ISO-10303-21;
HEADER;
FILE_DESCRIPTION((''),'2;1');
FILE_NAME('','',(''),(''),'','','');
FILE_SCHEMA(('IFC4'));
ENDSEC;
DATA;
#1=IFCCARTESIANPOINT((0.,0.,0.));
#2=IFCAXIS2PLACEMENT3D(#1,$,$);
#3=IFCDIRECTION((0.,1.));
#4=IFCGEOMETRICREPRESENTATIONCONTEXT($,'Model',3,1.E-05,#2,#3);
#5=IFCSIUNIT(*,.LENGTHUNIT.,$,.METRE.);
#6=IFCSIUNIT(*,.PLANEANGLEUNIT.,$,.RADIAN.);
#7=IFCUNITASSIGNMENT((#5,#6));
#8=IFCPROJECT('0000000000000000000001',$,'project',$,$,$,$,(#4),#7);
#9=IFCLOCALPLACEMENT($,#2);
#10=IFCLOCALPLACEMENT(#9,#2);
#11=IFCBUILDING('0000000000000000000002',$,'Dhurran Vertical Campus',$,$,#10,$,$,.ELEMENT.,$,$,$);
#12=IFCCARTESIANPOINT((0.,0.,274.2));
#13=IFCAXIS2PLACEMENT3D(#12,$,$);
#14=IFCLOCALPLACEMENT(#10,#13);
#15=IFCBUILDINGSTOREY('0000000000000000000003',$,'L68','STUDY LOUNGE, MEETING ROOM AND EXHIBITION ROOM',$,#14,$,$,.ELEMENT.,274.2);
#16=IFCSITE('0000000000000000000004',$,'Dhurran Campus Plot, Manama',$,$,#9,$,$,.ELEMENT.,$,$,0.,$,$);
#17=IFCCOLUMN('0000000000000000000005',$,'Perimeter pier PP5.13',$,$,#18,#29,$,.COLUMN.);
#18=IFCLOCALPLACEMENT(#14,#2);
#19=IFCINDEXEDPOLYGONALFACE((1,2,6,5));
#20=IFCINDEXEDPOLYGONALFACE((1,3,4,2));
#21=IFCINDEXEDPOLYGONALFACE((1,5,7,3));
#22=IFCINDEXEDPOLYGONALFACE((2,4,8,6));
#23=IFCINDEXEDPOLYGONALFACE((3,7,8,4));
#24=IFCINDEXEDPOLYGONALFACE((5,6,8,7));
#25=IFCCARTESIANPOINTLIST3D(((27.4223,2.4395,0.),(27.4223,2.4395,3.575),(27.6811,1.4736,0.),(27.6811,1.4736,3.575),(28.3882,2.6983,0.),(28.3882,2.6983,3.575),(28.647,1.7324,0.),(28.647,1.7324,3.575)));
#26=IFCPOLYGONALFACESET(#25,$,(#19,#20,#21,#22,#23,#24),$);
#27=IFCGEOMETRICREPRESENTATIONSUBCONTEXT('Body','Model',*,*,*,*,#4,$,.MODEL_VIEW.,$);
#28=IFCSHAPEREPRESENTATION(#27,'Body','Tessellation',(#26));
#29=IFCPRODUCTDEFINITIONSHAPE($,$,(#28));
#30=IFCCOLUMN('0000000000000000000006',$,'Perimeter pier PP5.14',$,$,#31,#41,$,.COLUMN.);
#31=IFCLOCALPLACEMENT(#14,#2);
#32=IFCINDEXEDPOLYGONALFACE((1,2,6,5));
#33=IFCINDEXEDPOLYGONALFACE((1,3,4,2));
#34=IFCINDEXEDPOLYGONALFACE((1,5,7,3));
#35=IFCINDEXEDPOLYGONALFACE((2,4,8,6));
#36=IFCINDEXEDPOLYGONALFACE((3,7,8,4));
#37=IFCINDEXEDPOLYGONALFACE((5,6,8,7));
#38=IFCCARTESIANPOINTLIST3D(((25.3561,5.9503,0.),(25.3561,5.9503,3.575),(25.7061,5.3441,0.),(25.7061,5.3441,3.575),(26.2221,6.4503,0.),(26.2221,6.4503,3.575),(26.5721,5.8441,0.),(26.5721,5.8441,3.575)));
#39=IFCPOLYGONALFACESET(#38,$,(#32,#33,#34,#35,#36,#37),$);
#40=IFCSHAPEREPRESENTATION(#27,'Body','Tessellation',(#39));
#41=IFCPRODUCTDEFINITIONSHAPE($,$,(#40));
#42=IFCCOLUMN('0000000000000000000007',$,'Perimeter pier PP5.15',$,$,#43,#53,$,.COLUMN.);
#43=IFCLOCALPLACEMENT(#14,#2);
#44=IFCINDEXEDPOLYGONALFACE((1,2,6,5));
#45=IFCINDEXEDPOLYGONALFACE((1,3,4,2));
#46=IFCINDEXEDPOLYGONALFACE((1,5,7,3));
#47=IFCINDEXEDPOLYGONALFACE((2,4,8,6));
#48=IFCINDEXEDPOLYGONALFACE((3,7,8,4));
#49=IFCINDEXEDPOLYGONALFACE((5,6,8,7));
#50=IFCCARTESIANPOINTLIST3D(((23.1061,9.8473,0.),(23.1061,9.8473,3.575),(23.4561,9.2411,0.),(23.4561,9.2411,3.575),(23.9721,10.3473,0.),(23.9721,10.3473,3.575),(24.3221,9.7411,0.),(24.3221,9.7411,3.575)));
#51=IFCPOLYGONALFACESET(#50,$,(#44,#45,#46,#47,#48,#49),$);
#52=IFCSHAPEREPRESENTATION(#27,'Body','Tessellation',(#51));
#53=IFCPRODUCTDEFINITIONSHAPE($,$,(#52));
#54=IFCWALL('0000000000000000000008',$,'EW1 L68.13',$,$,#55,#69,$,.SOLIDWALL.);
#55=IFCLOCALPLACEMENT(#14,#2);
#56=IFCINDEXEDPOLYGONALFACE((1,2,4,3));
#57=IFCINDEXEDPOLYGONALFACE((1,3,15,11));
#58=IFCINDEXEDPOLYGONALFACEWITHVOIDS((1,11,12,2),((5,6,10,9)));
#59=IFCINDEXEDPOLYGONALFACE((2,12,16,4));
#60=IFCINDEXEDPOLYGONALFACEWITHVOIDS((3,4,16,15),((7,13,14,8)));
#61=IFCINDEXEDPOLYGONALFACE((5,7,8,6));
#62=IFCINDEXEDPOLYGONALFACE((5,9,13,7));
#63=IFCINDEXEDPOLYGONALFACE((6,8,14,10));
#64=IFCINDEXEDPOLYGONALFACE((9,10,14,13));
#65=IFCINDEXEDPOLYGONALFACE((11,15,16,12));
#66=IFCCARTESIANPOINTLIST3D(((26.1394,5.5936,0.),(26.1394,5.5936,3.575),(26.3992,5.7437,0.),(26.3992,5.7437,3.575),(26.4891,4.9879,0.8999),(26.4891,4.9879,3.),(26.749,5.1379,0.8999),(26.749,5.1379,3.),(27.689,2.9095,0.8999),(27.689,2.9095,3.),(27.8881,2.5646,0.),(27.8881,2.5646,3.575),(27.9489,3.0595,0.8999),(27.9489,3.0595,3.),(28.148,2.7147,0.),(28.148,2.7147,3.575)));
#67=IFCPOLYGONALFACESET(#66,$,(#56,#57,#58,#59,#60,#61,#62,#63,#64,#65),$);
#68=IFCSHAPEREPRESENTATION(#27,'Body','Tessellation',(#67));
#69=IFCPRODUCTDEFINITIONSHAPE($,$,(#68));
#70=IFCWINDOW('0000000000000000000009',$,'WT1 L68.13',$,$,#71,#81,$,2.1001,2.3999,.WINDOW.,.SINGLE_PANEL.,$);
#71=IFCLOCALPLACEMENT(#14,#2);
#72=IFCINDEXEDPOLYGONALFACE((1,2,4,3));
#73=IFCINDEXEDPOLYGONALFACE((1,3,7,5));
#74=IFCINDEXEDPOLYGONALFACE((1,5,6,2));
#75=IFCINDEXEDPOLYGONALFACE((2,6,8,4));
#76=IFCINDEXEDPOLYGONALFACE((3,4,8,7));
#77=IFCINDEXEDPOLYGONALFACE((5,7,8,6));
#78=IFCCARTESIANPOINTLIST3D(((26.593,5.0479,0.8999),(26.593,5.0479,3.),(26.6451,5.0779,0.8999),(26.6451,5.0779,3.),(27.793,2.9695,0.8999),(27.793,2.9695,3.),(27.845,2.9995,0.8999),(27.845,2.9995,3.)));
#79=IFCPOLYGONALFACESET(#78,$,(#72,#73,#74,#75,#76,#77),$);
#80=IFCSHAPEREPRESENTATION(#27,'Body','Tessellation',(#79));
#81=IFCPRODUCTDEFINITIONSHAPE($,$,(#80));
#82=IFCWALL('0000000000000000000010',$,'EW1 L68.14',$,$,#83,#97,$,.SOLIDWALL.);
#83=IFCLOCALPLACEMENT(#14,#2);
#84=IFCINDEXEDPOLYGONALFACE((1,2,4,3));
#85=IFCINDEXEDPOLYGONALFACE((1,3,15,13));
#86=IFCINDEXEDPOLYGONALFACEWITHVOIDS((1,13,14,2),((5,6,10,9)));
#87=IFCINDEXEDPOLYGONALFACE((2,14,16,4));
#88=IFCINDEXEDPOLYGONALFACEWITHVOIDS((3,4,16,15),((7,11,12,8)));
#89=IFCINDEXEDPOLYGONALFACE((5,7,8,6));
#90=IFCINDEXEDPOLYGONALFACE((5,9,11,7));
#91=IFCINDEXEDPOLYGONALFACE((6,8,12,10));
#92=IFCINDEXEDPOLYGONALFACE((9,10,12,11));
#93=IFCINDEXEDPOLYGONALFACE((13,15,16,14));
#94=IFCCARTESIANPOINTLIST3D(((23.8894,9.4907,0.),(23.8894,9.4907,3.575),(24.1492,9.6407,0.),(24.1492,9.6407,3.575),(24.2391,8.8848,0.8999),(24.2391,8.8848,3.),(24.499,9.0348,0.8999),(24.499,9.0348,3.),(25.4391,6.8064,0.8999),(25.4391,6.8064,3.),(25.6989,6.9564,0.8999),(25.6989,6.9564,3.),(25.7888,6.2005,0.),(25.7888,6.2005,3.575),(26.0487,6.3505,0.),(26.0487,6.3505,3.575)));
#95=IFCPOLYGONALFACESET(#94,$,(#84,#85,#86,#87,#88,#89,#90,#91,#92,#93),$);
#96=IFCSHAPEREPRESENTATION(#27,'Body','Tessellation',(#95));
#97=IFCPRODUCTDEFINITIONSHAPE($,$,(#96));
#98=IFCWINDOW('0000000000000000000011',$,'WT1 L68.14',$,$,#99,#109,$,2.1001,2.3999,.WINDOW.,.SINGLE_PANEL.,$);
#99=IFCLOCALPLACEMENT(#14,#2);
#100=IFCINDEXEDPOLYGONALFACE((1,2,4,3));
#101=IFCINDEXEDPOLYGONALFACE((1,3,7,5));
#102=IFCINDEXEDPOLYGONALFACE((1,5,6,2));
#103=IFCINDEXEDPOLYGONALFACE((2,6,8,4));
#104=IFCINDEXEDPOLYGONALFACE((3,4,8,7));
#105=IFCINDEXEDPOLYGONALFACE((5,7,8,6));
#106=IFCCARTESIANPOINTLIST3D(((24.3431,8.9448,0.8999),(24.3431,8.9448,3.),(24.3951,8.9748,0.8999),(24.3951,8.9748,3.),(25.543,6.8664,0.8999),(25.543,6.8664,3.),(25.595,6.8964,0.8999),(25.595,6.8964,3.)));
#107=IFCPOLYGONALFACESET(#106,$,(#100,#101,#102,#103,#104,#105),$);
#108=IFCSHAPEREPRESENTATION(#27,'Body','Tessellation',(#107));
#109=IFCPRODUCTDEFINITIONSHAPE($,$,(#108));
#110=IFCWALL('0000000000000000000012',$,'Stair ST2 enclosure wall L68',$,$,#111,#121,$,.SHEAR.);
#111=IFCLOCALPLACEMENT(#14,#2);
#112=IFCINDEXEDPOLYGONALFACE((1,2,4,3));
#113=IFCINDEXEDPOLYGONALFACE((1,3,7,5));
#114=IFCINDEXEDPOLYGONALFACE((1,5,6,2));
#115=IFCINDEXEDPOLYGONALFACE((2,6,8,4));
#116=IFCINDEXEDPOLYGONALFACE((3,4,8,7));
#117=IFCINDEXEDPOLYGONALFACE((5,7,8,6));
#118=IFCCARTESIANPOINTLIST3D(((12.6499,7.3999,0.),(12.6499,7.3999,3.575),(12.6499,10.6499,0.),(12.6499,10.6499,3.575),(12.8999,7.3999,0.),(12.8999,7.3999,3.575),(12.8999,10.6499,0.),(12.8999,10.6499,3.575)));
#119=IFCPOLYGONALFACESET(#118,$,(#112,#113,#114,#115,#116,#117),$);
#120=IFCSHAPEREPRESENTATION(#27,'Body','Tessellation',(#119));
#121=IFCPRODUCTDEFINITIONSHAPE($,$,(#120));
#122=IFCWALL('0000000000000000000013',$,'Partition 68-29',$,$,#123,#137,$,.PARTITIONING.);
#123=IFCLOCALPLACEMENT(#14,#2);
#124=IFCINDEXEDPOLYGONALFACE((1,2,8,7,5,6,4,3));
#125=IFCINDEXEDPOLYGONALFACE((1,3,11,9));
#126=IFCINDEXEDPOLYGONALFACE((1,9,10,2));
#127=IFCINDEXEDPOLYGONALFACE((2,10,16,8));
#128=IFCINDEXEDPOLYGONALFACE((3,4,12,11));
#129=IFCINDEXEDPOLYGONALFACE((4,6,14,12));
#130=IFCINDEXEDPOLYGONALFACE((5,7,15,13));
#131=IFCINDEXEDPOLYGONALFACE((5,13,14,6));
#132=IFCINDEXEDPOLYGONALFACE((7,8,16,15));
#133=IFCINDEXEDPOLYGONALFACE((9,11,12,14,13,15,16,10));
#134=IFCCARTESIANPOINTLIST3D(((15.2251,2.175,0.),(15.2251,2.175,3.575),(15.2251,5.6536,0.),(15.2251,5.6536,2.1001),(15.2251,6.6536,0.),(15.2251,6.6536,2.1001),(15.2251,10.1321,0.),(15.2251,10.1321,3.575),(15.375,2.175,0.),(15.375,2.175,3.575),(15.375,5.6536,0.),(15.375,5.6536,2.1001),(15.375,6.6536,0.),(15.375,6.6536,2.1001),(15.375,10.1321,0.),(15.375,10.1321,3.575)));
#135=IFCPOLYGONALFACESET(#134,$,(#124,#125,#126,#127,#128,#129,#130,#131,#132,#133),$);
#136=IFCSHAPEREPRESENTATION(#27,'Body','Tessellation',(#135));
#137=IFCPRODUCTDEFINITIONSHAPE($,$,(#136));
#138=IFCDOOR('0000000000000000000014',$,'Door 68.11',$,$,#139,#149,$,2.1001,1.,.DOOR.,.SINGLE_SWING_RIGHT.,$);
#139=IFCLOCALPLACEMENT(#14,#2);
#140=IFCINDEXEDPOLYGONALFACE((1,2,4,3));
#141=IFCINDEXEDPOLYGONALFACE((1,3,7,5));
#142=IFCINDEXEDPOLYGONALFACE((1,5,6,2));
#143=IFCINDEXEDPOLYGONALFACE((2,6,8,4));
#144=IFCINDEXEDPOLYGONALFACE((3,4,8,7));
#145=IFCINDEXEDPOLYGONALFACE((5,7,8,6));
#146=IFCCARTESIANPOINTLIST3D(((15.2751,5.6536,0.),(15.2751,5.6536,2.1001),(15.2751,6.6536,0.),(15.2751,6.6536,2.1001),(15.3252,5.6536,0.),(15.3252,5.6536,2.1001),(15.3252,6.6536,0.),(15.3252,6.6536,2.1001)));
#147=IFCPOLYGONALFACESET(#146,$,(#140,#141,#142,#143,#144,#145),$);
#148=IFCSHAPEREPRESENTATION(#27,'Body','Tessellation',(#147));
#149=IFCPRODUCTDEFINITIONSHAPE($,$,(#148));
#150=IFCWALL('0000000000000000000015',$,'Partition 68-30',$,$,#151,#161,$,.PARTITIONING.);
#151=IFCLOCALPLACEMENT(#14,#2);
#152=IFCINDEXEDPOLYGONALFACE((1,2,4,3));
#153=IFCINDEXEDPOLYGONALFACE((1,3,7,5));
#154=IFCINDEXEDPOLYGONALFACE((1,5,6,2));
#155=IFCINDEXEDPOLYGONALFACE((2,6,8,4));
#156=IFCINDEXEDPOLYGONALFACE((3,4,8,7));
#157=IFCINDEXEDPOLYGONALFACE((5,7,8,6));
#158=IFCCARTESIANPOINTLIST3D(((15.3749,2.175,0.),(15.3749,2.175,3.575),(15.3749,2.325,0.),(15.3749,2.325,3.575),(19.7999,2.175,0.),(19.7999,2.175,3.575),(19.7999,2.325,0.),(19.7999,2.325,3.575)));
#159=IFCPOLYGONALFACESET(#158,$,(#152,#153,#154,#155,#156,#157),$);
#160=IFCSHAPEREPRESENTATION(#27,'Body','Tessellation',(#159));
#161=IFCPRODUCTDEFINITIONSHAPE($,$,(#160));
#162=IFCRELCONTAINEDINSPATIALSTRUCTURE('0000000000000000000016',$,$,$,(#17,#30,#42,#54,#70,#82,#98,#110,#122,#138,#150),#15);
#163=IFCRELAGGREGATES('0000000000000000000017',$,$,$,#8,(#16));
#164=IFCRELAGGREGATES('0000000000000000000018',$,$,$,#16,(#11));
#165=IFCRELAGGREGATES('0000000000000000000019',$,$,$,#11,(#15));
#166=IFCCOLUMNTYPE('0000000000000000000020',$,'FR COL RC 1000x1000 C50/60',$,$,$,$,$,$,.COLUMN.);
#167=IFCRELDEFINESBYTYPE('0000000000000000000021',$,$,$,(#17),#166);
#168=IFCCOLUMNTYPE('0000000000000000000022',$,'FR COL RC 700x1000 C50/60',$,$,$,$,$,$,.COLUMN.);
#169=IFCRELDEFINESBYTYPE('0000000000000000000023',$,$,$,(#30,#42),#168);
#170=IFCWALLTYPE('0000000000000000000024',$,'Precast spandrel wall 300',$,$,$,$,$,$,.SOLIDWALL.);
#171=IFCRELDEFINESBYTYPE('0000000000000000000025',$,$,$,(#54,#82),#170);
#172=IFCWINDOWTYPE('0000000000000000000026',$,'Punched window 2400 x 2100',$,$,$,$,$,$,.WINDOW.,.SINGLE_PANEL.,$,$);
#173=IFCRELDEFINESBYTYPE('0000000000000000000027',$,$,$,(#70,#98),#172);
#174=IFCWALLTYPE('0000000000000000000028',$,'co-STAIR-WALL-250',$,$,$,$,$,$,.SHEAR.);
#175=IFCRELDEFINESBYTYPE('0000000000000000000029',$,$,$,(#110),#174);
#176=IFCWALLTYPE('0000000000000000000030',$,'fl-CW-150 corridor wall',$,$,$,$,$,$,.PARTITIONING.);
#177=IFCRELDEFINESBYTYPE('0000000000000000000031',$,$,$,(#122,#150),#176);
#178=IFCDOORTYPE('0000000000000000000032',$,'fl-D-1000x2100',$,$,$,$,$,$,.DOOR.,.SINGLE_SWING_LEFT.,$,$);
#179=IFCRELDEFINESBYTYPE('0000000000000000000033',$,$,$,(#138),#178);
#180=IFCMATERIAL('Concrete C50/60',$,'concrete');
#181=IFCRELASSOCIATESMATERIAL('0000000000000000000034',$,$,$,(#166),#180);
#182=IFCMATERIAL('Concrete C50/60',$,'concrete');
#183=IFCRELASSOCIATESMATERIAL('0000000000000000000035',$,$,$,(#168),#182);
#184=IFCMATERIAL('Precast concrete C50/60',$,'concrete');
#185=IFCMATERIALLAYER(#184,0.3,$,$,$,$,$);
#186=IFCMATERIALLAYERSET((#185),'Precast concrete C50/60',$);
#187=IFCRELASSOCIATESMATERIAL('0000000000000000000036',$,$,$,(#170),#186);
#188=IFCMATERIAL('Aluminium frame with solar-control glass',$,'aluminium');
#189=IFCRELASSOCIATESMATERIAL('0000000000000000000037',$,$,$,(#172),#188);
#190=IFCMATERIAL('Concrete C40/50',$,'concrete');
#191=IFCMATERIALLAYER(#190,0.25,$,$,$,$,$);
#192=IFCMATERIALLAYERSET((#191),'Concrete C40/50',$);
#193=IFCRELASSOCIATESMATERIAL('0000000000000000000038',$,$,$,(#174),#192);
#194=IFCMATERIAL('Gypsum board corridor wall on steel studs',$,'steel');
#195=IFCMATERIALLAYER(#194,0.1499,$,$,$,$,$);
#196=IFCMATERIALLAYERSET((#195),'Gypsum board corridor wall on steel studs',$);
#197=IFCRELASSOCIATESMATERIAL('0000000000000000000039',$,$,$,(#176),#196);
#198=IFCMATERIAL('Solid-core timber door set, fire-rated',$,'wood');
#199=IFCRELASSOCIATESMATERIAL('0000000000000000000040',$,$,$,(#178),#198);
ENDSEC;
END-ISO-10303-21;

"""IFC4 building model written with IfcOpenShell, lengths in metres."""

from ifc_helpers import new_model, si_unit, direction, frame, frame_2d, origin, origin_2d, place, context, subcontext, project, spatial, rectangle, extrude, material, layer, layer_set, material_profile, profile_set, type_object, element, fill, save


model = new_model("IFC4")

# Units and contexts
model_context = context("Model", 3, precision=1e-05, world=origin(), true_north=direction((0.0, 1.0)))
body_context = subcontext(model_context, "Body", "Model", "MODEL_VIEW")
ifc_project = project(units=[si_unit("LENGTHUNIT", "METRE"), si_unit("PLANEANGLEUNIT", "RADIAN")], contexts=[model_context])

# Site, building, storey
site_placement = place(None, origin())
site = spatial("IfcSite", under=ifc_project, at=site_placement, Name="Dhurran Campus Plot, Manama", CompositionType="ELEMENT", RefElevation=0.0)
building_placement = place(site_placement, origin())
building = spatial("IfcBuilding", under=site, at=building_placement, Name="Dhurran Vertical Campus", CompositionType="ELEMENT")
storey_placement = place(building_placement, frame((0.0, 0.0, 274.2)))
storey = spatial("IfcBuildingStorey", under=building, at=storey_placement, Name="L68", Description="STUDY LOUNGE, MEETING ROOM AND EXHIBITION ROOM", CompositionType="ELEMENT", Elevation=274.2)

# Columns
ifc_material_1 = material(Name="Concrete C50/60", Category="concrete")
ifc_material_profile_1 = material_profile(ifc_material_1, rectangle(XDim=1.0, YDim=1.0, at=origin_2d()), Name="RC 1000x1000")
ifc_profile_set_1 = profile_set([ifc_material_profile_1], Name="Concrete C50/60")
column_type_1 = type_object("IfcColumnType", Name="FR COL RC 1000x1000 C50/60", PredefinedType="COLUMN", material=ifc_profile_set_1)
column_placement = place(storey_placement, frame((28.0347, 2.0859, 0.0), z_axis=(0.0, 0.0, 1.0), x_axis=(-0.258819, 0.965926, 0.0)))
element("IfcColumn", 1, at=column_placement, inside=storey, type_object=column_type_1, Name="Perimeter pier PP5.13", PredefinedType="COLUMN", context=body_context, shape_type="SweptSolid", body=[
    extrude(rectangle(XDim=1.0, YDim=1.0, at=origin_2d()), origin(), (0.0, 0.0, 1.0), 3.575),
])
ifc_material_2 = material(Name="Concrete C50/60", Category="concrete")
ifc_material_profile_2 = material_profile(ifc_material_2, rectangle(XDim=0.7, YDim=1.0, at=origin_2d()), Name="RC 700x1000")
ifc_profile_set_2 = profile_set([ifc_material_profile_2], Name="Concrete C50/60")
column_type_2 = type_object("IfcColumnType", Name="FR COL RC 700x1000 C50/60", PredefinedType="COLUMN", material=ifc_profile_set_2)
for number, where, z_axis, x_axis, name in (
    (2, (25.9641, 5.8972, 0.0), (0.0, 0.0, 1.0), (-0.5, 0.866025, 0.0), "Perimeter pier PP5.14"),
    (3, (23.7141, 9.7942, 0.0), (0.0, 0.0, 1.0), (-0.5, 0.866025, 0.0), "Perimeter pier PP5.15"),
):
    element("IfcColumn", number, at=place(storey_placement, frame(where, z_axis=z_axis, x_axis=x_axis)), inside=storey, type_object=column_type_2, Name=name, PredefinedType="COLUMN", context=body_context, shape_type="SweptSolid", body=[
        extrude(rectangle(XDim=0.7, YDim=1.0, at=origin_2d()), origin(), (0.0, 0.0, 1.0), 3.575),
    ])

# Walls, openings, windows
ifc_material_3 = material(Name="Precast concrete C50/60", Category="concrete")
ifc_layer_1 = layer(ifc_material_3, 0.3)
ifc_layer_set_1 = layer_set([ifc_layer_1], Name="Precast concrete C50/60")
wall_type_1 = type_object("IfcWallType", Name="Precast spandrel wall 300", PredefinedType="SOLIDWALL", material=ifc_layer_set_1)
wall_1_placement = place(storey_placement, frame((28.0181, 2.6396, 0.0), z_axis=(0.0, 0.0, 1.0), x_axis=(-0.49999, 0.866031, 0.0)))
wall_1 = element("IfcWall", 4, at=wall_1_placement, inside=storey, type_object=wall_type_1, Name="EW1 L68.13", PredefinedType="SOLIDWALL", context=body_context, shape_type="SweptSolid", body=[
    extrude(rectangle(XDim=3.4976, YDim=0.3, at=frame_2d((1.7488, 0.0))), origin(), (0.0, 0.0, 1.0), 3.575),
])
opening_1_placement = place(wall_1_placement, frame((0.3982, 0.0, 0.8999)))
opening_1 = element("IfcOpeningElement", 5, at=opening_1_placement, cuts=wall_1, PredefinedType="OPENING", context=body_context, shape_type="SweptSolid", body=[
    extrude(rectangle(XDim=2.3999, YDim=2.1001, at=frame_2d((1.2, 1.05))), frame((0.0, 0.1599, 0.0), z_axis=(0.0, -1.0, 0.0), x_axis=(1.0, 0.0, 0.0)), (0.0, 0.0, 1.0), 0.3201),
])
ifc_material_4 = material(Name="Aluminium frame with solar-control glass", Category="aluminium")
window_type = type_object("IfcWindowType", Name="Punched window 2400 x 2100", PartitioningType="SINGLE_PANEL", PredefinedType="WINDOW", material=ifc_material_4)
window_1_placement = place(opening_1_placement, origin())
window_1 = element("IfcWindow", 6, at=window_1_placement, inside=storey, type_object=window_type, Name="WT1 L68.13", OverallHeight=2.1001, OverallWidth=2.3999, PartitioningType="SINGLE_PANEL", PredefinedType="WINDOW", context=body_context, shape_type="SweptSolid", body=[
    extrude(rectangle(XDim=2.3999, YDim=2.1001, at=frame_2d((1.2, 1.05))), frame((0.0, 0.03, 0.0), z_axis=(0.0, -1.0, 0.0), x_axis=(1.0, 0.0, 0.0)), (0.0, 0.0, 1.0), 0.0601),
])
fill(opening_1, window_1)
wall_2_placement = place(storey_placement, frame((25.9187, 6.2756, 0.0), z_axis=(0.0, 0.0, 1.0), x_axis=(-0.499982, 0.866036, 0.0)))
wall_2 = element("IfcWall", 7, at=wall_2_placement, inside=storey, type_object=wall_type_1, Name="EW1 L68.14", PredefinedType="SOLIDWALL", context=body_context, shape_type="SweptSolid", body=[
    extrude(rectangle(XDim=3.7991, YDim=0.3, at=frame_2d((1.8994, 0.0))), origin(), (0.0, 0.0, 1.0), 3.575),
])
opening_2_placement = place(wall_2_placement, frame((0.6995, 0.0, 0.8999)))
opening_2 = element("IfcOpeningElement", 8, at=opening_2_placement, cuts=wall_2, PredefinedType="OPENING", context=body_context, shape_type="SweptSolid", body=[
    extrude(rectangle(XDim=2.3999, YDim=2.1001, at=frame_2d((1.2, 1.05))), frame((0.0, 0.1599, 0.0), z_axis=(0.0, -1.0, 0.0), x_axis=(1.0, 0.0, 0.0)), (0.0, 0.0, 1.0), 0.3201),
])
window_2_placement = place(opening_2_placement, origin())
window_2 = element("IfcWindow", 9, at=window_2_placement, inside=storey, type_object=window_type, Name="WT1 L68.14", OverallHeight=2.1001, OverallWidth=2.3999, PartitioningType="SINGLE_PANEL", PredefinedType="WINDOW", context=body_context, shape_type="SweptSolid", body=[
    extrude(rectangle(XDim=2.3999, YDim=2.1001, at=frame_2d((1.2, 1.05))), frame((0.0, 0.03, 0.0), z_axis=(0.0, -1.0, 0.0), x_axis=(1.0, 0.0, 0.0)), (0.0, 0.0, 1.0), 0.0601),
])
fill(opening_2, window_2)

# Wall
ifc_material_5 = material(Name="Concrete C40/50", Category="concrete")
ifc_layer_2 = layer(ifc_material_5, 0.25)
ifc_layer_set_2 = layer_set([ifc_layer_2], Name="Concrete C40/50")
wall_type_2 = type_object("IfcWallType", Name="co-STAIR-WALL-250", PredefinedType="SHEAR", material=ifc_layer_set_2)
wall_3_placement = place(storey_placement, frame((12.7749, 7.3999, 0.0), z_axis=(0.0, 0.0, 1.0), x_axis=(0.0, 1.0, 0.0)))
element("IfcWall", 10, at=wall_3_placement, inside=storey, type_object=wall_type_2, Name="Stair ST2 enclosure wall L68", PredefinedType="SHEAR", context=body_context, shape_type="SweptSolid", body=[
    extrude(rectangle(XDim=3.25, YDim=0.25, at=frame_2d((1.625, 0.0))), origin(), (0.0, 0.0, 1.0), 3.575),
])

# Wall, opening, door
ifc_material_6 = material(Name="Gypsum board corridor wall on steel studs", Category="steel")
ifc_layer_3 = layer(ifc_material_6, 0.1499)
ifc_layer_set_3 = layer_set([ifc_layer_3], Name="Gypsum board corridor wall on steel studs")
wall_type_3 = type_object("IfcWallType", Name="fl-CW-150 corridor wall", PredefinedType="PARTITIONING", material=ifc_layer_set_3)
wall_4_placement = place(storey_placement, frame((15.3, 2.175, 0.0), z_axis=(0.0, 0.0, 1.0), x_axis=(0.0, 1.0, 0.0)))
wall_4 = element("IfcWall", 11, at=wall_4_placement, inside=storey, type_object=wall_type_3, Name="Partition 68-29", PredefinedType="PARTITIONING", context=body_context, shape_type="SweptSolid", body=[
    extrude(rectangle(XDim=7.957, YDim=0.1499, at=frame_2d((3.9785, 0.0))), origin(), (0.0, 0.0, 1.0), 3.575),
])
opening_3_placement = place(wall_4_placement, frame((3.4785, 0.0, 0.0)))
opening_3 = element("IfcOpeningElement", 12, at=opening_3_placement, cuts=wall_4, PredefinedType="OPENING", context=body_context, shape_type="SweptSolid", body=[
    extrude(rectangle(XDim=1.0, YDim=2.1001, at=frame_2d((0.5, 1.05))), frame((0.0, 0.085, 0.0), z_axis=(0.0, -1.0, 0.0), x_axis=(1.0, 0.0, 0.0)), (0.0, 0.0, 1.0), 0.1699),
])
ifc_material_7 = material(Name="Solid-core timber door set, fire-rated", Category="wood")
door_type = type_object("IfcDoorType", Name="fl-D-1000x2100", OperationType="SINGLE_SWING_LEFT", PredefinedType="DOOR", material=ifc_material_7)
door_1_placement = place(opening_3_placement, origin())
door_1 = element("IfcDoor", 13, at=door_1_placement, inside=storey, type_object=door_type, Name="Door 68.11", OperationType="SINGLE_SWING_RIGHT", OverallHeight=2.1001, OverallWidth=1.0, PredefinedType="DOOR", context=body_context, shape_type="SweptSolid", body=[
    extrude(rectangle(XDim=1.0, YDim=2.1001, at=frame_2d((0.5, 1.05))), frame((0.0, 0.0249, 0.0), z_axis=(0.0, -1.0, 0.0), x_axis=(1.0, 0.0, 0.0)), (0.0, 0.0, 1.0), 0.05),
])
fill(opening_3, door_1)

# Wall
wall_5_placement = place(storey_placement, frame((15.375, 2.25, 0.0), z_axis=(0.0, 0.0, 1.0), x_axis=(1.0, 0.0, 0.0)))
element("IfcWall", 14, at=wall_5_placement, inside=storey, type_object=wall_type_3, Name="Partition 68-30", PredefinedType="PARTITIONING", context=body_context, shape_type="SweptSolid", body=[
    extrude(rectangle(XDim=4.425, YDim=0.1499, at=frame_2d((2.2124, 0.0))), origin(), (0.0, 0.0, 1.0), 3.575),
])

save(model, "model.ifc")
